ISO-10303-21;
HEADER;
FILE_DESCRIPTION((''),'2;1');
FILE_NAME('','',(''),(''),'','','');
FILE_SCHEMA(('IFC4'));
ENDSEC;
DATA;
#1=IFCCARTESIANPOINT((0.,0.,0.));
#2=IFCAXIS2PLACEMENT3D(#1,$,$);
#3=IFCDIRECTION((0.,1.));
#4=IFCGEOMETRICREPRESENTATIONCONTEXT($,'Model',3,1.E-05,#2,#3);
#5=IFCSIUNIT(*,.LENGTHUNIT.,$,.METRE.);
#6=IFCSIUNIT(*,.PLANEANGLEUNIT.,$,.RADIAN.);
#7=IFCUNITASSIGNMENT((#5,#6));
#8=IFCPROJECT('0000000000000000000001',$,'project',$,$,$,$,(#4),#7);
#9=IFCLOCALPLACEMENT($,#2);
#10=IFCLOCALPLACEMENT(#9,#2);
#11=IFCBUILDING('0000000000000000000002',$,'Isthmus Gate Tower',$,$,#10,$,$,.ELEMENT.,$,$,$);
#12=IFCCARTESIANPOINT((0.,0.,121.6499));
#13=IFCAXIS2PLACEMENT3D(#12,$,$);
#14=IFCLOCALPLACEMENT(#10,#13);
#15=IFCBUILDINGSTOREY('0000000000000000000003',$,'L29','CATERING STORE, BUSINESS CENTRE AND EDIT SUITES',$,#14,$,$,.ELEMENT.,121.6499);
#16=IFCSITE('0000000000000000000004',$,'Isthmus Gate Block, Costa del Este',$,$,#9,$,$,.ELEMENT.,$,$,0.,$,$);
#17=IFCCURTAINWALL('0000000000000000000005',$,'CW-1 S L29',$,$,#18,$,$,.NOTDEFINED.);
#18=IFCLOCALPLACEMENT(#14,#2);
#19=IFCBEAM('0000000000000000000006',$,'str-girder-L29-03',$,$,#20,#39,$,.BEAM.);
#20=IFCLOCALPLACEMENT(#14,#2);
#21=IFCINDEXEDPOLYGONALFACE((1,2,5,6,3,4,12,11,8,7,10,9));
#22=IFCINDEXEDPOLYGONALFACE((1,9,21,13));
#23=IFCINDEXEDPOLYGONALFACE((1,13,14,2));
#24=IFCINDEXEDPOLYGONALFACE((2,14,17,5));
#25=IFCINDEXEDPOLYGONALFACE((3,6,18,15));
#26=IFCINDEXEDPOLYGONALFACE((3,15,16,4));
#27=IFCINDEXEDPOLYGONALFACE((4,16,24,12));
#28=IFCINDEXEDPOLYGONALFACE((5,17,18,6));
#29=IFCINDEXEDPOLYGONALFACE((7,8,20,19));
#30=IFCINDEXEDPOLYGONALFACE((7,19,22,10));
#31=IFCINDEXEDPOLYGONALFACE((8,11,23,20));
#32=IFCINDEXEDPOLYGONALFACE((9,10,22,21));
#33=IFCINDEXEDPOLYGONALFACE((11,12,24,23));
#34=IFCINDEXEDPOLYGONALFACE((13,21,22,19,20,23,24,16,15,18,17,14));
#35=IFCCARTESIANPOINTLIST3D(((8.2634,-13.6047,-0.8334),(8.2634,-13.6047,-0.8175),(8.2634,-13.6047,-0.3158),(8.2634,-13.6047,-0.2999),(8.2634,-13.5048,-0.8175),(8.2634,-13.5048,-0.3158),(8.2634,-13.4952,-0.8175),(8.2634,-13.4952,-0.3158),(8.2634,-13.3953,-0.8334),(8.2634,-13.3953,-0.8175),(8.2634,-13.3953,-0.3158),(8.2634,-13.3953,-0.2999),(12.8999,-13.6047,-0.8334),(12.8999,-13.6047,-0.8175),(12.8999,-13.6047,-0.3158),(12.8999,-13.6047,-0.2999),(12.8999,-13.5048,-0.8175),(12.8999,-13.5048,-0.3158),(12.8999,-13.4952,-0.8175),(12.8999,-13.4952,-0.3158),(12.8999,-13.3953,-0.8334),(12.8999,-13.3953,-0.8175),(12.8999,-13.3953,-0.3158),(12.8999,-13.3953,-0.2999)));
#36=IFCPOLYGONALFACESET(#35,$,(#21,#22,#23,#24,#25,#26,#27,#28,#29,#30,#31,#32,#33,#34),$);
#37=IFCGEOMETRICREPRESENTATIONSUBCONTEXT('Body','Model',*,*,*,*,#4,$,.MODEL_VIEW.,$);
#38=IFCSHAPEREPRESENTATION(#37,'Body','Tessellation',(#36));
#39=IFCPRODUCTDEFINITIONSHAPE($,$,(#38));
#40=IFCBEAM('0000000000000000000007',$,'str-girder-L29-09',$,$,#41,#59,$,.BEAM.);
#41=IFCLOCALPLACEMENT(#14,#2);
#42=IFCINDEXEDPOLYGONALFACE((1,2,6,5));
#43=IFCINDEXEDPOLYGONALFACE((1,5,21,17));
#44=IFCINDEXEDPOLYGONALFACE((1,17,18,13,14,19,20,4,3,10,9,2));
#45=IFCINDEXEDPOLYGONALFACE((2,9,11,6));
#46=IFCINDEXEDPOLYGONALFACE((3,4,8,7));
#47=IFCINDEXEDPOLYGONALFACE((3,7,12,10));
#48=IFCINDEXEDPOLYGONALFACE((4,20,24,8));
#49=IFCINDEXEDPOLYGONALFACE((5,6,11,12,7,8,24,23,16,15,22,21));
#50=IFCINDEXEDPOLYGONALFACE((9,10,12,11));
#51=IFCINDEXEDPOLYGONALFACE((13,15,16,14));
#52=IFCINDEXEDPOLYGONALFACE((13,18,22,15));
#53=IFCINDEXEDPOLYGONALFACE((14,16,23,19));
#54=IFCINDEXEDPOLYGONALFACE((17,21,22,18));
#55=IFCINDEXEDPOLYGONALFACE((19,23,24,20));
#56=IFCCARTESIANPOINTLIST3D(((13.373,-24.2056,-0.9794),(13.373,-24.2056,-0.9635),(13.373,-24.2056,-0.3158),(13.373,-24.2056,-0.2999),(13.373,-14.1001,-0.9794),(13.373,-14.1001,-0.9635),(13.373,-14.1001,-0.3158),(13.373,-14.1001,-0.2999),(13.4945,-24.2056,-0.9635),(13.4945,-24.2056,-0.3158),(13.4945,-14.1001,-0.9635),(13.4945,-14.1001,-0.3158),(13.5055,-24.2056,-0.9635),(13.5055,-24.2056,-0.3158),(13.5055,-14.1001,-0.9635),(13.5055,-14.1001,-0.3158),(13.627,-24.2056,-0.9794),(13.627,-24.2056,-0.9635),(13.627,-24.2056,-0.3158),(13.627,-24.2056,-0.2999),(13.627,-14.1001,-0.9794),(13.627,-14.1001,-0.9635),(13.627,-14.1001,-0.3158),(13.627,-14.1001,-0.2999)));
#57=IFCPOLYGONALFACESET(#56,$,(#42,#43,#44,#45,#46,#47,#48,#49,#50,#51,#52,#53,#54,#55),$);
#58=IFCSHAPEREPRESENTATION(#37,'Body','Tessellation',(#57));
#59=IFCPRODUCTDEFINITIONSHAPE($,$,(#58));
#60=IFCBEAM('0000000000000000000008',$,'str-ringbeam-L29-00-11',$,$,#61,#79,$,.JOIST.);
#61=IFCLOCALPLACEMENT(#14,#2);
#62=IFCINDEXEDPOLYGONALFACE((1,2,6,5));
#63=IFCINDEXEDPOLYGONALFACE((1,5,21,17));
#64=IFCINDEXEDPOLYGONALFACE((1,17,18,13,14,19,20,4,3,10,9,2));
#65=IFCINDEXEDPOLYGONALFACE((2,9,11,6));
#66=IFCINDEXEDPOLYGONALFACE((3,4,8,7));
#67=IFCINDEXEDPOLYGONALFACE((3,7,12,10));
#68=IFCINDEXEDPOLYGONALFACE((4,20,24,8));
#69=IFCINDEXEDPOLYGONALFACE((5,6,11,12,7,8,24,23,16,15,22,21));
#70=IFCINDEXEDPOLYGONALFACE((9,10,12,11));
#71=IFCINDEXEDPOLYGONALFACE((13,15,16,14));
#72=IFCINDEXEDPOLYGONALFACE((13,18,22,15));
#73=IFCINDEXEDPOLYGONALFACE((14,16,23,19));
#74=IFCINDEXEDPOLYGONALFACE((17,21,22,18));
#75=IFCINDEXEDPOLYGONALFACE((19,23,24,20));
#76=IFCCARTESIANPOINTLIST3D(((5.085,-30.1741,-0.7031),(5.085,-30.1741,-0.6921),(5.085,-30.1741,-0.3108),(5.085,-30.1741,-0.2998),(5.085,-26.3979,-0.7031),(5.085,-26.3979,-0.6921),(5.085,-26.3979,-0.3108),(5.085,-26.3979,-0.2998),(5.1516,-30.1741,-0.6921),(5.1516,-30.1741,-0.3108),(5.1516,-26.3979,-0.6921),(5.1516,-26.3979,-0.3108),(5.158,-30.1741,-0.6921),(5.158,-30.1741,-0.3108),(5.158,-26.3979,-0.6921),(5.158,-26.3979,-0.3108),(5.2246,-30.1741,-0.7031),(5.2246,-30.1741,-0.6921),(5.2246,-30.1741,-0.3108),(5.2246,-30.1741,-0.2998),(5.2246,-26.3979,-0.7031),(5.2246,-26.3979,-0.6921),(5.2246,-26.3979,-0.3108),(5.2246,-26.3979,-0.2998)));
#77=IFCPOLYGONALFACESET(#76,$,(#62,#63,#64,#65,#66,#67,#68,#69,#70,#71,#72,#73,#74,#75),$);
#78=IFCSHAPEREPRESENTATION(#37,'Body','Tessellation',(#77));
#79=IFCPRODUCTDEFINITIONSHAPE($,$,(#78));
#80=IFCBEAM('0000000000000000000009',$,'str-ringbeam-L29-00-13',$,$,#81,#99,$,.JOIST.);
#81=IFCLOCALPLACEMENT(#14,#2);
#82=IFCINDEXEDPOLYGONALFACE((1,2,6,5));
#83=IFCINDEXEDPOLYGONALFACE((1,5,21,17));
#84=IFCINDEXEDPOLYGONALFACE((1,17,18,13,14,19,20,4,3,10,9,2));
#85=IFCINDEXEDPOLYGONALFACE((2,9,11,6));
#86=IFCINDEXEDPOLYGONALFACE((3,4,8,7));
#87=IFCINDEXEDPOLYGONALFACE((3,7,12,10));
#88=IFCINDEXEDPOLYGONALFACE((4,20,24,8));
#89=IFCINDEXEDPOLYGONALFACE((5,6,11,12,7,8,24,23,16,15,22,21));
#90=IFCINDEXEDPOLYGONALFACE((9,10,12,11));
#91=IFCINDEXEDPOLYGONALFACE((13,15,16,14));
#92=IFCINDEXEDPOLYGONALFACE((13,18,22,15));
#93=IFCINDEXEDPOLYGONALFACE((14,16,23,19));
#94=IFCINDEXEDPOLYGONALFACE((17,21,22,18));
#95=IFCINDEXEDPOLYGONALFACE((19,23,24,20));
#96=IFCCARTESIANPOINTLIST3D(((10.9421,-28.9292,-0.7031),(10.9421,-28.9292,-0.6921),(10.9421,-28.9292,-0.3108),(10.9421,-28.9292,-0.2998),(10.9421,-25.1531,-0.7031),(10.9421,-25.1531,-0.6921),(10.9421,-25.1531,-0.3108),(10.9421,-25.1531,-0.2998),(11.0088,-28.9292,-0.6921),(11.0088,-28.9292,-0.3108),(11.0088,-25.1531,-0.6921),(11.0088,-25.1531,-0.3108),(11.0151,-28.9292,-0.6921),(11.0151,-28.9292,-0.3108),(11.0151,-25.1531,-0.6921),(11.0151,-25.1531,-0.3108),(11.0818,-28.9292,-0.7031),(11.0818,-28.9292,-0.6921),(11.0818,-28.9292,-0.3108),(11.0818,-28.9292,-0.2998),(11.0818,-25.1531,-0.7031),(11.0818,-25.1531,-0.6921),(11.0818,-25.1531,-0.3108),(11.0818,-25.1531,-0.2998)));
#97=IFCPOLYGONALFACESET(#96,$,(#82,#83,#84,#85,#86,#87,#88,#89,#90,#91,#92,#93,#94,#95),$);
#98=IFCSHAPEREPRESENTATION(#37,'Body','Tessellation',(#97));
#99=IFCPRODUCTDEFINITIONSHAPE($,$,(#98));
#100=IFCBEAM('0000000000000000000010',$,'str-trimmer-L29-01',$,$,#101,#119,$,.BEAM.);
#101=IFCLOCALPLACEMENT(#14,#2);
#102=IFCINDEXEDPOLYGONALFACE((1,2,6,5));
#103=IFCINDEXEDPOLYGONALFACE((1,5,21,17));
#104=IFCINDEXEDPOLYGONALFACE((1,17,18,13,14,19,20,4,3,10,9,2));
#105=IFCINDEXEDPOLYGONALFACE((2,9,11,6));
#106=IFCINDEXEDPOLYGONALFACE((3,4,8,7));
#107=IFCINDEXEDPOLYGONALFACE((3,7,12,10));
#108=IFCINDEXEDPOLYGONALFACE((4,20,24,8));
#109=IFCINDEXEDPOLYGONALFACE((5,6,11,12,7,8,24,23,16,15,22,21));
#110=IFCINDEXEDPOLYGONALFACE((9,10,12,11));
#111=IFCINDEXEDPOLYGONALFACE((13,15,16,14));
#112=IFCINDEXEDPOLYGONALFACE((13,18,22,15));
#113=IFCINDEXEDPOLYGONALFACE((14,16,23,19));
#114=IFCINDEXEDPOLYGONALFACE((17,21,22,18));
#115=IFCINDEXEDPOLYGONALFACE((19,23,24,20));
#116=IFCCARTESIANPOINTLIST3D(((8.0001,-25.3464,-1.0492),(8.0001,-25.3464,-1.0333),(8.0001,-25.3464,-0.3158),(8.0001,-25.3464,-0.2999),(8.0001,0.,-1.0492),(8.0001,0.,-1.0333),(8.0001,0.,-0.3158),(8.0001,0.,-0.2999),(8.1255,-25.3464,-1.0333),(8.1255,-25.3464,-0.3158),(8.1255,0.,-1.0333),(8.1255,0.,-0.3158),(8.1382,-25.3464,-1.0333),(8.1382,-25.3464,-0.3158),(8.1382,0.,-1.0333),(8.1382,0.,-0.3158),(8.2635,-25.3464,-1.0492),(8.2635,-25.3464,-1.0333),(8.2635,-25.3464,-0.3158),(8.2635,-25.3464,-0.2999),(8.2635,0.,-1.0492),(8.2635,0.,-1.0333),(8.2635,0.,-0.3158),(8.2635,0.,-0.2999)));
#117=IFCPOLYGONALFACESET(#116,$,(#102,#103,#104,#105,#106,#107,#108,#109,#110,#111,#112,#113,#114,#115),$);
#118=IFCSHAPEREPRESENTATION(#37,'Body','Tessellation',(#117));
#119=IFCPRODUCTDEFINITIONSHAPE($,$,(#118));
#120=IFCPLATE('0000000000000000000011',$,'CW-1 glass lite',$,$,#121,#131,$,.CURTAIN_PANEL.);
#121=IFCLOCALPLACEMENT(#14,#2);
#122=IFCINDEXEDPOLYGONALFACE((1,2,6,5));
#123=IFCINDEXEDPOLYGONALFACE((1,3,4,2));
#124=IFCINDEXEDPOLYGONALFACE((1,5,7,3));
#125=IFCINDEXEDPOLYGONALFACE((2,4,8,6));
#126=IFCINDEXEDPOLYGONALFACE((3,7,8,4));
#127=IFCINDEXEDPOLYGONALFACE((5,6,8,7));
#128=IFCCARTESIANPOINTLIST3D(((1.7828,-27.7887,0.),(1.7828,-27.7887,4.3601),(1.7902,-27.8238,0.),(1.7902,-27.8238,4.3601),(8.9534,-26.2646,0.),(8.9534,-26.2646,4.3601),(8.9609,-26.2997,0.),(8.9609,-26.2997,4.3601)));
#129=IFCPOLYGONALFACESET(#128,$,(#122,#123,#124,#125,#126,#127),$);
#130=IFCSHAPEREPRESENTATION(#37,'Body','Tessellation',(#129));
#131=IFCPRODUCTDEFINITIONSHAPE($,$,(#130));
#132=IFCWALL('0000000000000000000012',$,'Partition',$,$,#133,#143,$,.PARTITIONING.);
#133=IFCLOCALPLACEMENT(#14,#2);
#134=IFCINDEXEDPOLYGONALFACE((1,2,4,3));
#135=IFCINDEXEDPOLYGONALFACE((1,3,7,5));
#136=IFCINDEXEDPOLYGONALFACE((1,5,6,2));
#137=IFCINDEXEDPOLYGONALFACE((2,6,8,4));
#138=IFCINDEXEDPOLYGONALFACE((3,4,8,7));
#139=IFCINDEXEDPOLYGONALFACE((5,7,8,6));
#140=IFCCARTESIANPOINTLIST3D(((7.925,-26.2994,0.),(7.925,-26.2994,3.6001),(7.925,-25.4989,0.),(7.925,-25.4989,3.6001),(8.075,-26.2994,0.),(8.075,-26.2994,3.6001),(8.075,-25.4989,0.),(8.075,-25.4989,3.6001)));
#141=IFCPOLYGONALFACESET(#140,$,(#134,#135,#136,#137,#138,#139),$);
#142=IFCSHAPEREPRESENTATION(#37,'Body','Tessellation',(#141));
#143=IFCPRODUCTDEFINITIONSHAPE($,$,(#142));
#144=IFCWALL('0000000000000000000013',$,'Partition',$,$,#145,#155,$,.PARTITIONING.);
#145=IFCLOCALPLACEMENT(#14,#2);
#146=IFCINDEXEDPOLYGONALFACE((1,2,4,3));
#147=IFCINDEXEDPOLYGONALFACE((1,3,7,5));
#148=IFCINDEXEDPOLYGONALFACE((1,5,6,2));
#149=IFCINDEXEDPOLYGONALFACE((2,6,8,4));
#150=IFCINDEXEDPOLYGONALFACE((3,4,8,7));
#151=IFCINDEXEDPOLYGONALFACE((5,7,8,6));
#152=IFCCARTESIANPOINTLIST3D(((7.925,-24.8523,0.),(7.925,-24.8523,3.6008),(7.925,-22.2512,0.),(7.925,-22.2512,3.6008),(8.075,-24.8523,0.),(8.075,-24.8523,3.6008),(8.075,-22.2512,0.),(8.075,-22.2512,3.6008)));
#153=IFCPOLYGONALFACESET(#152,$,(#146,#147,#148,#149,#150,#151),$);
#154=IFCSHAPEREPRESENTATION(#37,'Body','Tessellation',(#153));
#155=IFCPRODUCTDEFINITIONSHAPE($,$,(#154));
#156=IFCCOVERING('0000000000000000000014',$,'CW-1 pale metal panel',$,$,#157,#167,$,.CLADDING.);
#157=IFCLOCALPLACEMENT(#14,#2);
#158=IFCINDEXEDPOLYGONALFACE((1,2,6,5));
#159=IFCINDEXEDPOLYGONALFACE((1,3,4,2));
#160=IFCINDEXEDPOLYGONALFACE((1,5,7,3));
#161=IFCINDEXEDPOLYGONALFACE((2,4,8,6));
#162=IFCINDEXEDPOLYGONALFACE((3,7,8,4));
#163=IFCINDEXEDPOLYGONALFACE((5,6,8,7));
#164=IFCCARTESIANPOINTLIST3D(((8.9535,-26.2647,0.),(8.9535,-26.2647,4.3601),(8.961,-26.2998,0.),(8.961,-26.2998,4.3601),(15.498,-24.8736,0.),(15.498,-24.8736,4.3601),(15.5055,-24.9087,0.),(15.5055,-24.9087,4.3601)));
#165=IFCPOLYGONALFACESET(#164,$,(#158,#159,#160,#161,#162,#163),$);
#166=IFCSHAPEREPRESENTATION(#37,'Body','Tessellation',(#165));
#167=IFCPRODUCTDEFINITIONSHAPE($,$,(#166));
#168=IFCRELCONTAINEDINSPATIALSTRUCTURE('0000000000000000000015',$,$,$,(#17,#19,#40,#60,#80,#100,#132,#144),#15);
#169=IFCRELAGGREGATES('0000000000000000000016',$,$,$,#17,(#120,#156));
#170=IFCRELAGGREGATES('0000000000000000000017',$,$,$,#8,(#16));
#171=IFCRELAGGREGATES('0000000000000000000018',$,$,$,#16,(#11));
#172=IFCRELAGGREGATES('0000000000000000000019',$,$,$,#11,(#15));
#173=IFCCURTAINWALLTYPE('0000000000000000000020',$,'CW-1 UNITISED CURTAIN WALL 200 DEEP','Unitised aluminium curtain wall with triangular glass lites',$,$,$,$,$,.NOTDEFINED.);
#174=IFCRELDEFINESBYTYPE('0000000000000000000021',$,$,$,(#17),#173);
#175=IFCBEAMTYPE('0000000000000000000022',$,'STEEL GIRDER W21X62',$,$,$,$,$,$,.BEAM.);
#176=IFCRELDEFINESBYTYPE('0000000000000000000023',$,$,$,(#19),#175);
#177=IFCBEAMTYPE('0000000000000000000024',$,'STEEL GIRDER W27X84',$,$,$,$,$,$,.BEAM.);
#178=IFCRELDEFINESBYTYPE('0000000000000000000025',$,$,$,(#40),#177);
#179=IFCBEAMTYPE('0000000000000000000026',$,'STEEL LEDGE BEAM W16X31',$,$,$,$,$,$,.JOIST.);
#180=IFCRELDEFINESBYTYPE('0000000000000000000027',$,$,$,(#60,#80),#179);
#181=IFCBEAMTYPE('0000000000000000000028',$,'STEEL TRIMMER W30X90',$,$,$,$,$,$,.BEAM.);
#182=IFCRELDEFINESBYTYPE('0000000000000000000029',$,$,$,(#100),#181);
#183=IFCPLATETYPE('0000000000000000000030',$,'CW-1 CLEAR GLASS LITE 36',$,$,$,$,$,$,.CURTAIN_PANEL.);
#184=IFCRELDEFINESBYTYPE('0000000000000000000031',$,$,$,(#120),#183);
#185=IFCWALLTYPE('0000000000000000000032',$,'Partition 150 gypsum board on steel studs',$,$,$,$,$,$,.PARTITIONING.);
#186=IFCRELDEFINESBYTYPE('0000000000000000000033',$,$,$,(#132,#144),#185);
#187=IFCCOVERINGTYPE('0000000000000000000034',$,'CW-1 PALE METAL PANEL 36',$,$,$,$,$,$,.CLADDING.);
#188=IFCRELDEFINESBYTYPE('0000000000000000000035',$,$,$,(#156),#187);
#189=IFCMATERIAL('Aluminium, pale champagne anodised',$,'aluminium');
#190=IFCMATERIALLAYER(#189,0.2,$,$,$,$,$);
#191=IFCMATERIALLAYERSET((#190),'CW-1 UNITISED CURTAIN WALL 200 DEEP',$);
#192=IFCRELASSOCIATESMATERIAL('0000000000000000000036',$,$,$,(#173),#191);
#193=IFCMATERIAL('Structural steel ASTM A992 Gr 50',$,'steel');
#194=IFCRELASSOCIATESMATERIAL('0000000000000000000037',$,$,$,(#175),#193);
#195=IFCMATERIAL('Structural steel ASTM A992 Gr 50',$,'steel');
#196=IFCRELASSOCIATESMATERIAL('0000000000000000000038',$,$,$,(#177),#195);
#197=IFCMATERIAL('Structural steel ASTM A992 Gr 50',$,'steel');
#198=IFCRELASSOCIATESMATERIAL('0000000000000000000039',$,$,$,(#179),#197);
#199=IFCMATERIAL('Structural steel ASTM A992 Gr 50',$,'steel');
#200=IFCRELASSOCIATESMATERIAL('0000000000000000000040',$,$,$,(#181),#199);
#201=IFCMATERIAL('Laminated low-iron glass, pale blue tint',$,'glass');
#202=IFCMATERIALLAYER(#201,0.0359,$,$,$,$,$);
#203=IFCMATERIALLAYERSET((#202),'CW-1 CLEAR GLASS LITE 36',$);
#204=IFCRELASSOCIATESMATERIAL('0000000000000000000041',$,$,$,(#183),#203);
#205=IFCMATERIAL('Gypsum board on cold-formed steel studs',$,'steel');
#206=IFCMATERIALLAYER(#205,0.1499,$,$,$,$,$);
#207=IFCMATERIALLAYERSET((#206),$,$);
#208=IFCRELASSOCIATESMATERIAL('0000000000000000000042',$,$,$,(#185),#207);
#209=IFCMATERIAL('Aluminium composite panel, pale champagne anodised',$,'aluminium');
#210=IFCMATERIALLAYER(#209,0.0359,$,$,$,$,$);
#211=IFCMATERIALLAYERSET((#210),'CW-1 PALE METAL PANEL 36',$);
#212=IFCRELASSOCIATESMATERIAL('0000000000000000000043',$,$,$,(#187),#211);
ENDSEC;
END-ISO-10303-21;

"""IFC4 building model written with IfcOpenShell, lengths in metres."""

from ifc_helpers import new_model, si_unit, direction, frame, frame_2d, origin, origin_2d, place, context, subcontext, project, spatial, rectangle, i_section, extrude, material, layer, layer_set, material_profile, profile_set, type_object, element, aggregate, save


model = new_model("IFC4")

# Units and contexts
model_context = context("Model", 3, precision=1e-05, world=origin(), true_north=direction((0.0, 1.0)))
body_context = subcontext(model_context, "Body", "Model", "MODEL_VIEW")
ifc_project = project(units=[si_unit("LENGTHUNIT", "METRE"), si_unit("PLANEANGLEUNIT", "RADIAN")], contexts=[model_context])

# Site, building, storey
site_placement = place(None, origin())
site = spatial("IfcSite", under=ifc_project, at=site_placement, Name="Isthmus Gate Block, Costa del Este", CompositionType="ELEMENT", RefElevation=0.0)
building_placement = place(site_placement, origin())
building = spatial("IfcBuilding", under=site, at=building_placement, Name="Isthmus Gate Tower", CompositionType="ELEMENT")
storey_placement = place(building_placement, frame((0.0, 0.0, 121.6499)))
storey = spatial("IfcBuildingStorey", under=building, at=storey_placement, Name="L29", Description="CATERING STORE, BUSINESS CENTRE AND EDIT SUITES", CompositionType="ELEMENT", Elevation=121.6499)

# Curtain wall
ifc_material_1 = material(Name="Aluminium, pale champagne anodised", Category="aluminium")
ifc_layer_1 = layer(ifc_material_1, 0.2)
ifc_layer_set_1 = layer_set([ifc_layer_1], Name="CW-1 UNITISED CURTAIN WALL 200 DEEP")
curtain_wall_type = type_object("IfcCurtainWallType", Name="CW-1 UNITISED CURTAIN WALL 200 DEEP", Description="Unitised aluminium curtain wall with triangular glass lites", PredefinedType="NOTDEFINED", material=ifc_layer_set_1)
curtain_wall_placement = place(storey_placement, origin())
curtain_wall = element("IfcCurtainWall", 1, at=curtain_wall_placement, inside=storey, type_object=curtain_wall_type, Name="CW-1 S L29", PredefinedType="NOTDEFINED")

# Beams
ifc_material_2 = material(Name="Structural steel ASTM A992 Gr 50", Category="steel")
ifc_material_profile_1 = material_profile(ifc_material_2, i_section(OverallWidth=0.2095, OverallDepth=0.5334, WebThickness=0.0095, FlangeThickness=0.0159, at=origin_2d()), Name="W21X62")
ifc_profile_set_1 = profile_set([ifc_material_profile_1], Name="Structural steel ASTM A992 Gr 50")
beam_type_1 = type_object("IfcBeamType", Name="STEEL GIRDER W21X62", PredefinedType="BEAM", material=ifc_profile_set_1)
beam_1_placement = place(storey_placement, frame((8.2634, -13.5, -0.5667), z_axis=(1.0, 0.0, 0.0), x_axis=(0.0, 1.0, 0.0)))
element("IfcBeam", 2, at=beam_1_placement, inside=storey, type_object=beam_type_1, Name="str-girder-L29-03", PredefinedType="BEAM", context=body_context, shape_type="SweptSolid", body=[
    extrude(i_section(OverallWidth=0.2095, OverallDepth=0.5334, WebThickness=0.0095, FlangeThickness=0.0159, at=origin_2d()), origin(), (0.0, 0.0, 1.0), 4.6365),
])
ifc_material_3 = material(Name="Structural steel ASTM A992 Gr 50", Category="steel")
ifc_material_profile_2 = material_profile(ifc_material_3, i_section(OverallWidth=0.2539, OverallDepth=0.6794, WebThickness=0.011, FlangeThickness=0.0159, at=origin_2d()), Name="W27X84")
ifc_profile_set_2 = profile_set([ifc_material_profile_2], Name="Structural steel ASTM A992 Gr 50")
beam_type_2 = type_object("IfcBeamType", Name="STEEL GIRDER W27X84", PredefinedType="BEAM", material=ifc_profile_set_2)
beam_2_placement = place(storey_placement, frame((13.5, -24.2056, -0.6396), z_axis=(0.0, 1.0, 0.0), x_axis=(-1.0, 0.0, 0.0)))
element("IfcBeam", 3, at=beam_2_placement, inside=storey, type_object=beam_type_2, Name="str-girder-L29-09", PredefinedType="BEAM", context=body_context, shape_type="SweptSolid", body=[
    extrude(i_section(OverallWidth=0.2539, OverallDepth=0.6794, WebThickness=0.011, FlangeThickness=0.0159, at=origin_2d()), origin(), (0.0, 0.0, 1.0), 10.1055),
])
ifc_material_4 = material(Name="Structural steel ASTM A992 Gr 50", Category="steel")
ifc_material_profile_3 = material_profile(ifc_material_4, i_section(OverallWidth=0.1396, OverallDepth=0.4033, WebThickness=0.0063, FlangeThickness=0.011, at=origin_2d()), Name="W16X31")
ifc_profile_set_3 = profile_set([ifc_material_profile_3], Name="Structural steel ASTM A992 Gr 50")
beam_type_3 = type_object("IfcBeamType", Name="STEEL LEDGE BEAM W16X31", PredefinedType="JOIST", material=ifc_profile_set_3)
for number, where, z_axis, x_axis, name in (
    (4, (5.1548, -30.1741, -0.5015), (0.0, 1.0, 0.0), (-1.0, 0.0, 0.0), "str-ringbeam-L29-00-11"),
    (5, (11.012, -28.9292, -0.5015), (0.0, 1.0, 0.0), (-1.0, 0.0, 0.0), "str-ringbeam-L29-00-13"),
):
    element("IfcBeam", number, at=place(storey_placement, frame(where, z_axis=z_axis, x_axis=x_axis)), inside=storey, type_object=beam_type_3, Name=name, PredefinedType="JOIST", context=body_context, shape_type="SweptSolid", body=[
        extrude(i_section(OverallWidth=0.1396, OverallDepth=0.4033, WebThickness=0.0063, FlangeThickness=0.011, at=origin_2d()), origin(), (0.0, 0.0, 1.0), 3.7761),
    ])
ifc_material_5 = material(Name="Structural steel ASTM A992 Gr 50", Category="steel")
ifc_material_profile_4 = material_profile(ifc_material_5, i_section(OverallWidth=0.2634, OverallDepth=0.7493, WebThickness=0.0127, FlangeThickness=0.0159, at=origin_2d()), Name="W30X90")
ifc_profile_set_4 = profile_set([ifc_material_profile_4], Name="Structural steel ASTM A992 Gr 50")
beam_type_4 = type_object("IfcBeamType", Name="STEEL TRIMMER W30X90", PredefinedType="BEAM", material=ifc_profile_set_4)
beam_3_placement = place(storey_placement, frame((8.1318, -25.3464, -0.6746), z_axis=(0.0, 1.0, 0.0), x_axis=(-1.0, 0.0, 0.0)))
element("IfcBeam", 6, at=beam_3_placement, inside=storey, type_object=beam_type_4, Name="str-trimmer-L29-01", PredefinedType="BEAM", context=body_context, shape_type="SweptSolid", body=[
    extrude(i_section(OverallWidth=0.2634, OverallDepth=0.7493, WebThickness=0.0127, FlangeThickness=0.0159, at=origin_2d()), origin(), (0.0, 0.0, 1.0), 25.3464),
])

# Plate
ifc_material_6 = material(Name="Laminated low-iron glass, pale blue tint", Category="glass")
ifc_layer_2 = layer(ifc_material_6, 0.0359)
ifc_layer_set_2 = layer_set([ifc_layer_2], Name="CW-1 CLEAR GLASS LITE 36")
plate_type = type_object("IfcPlateType", Name="CW-1 CLEAR GLASS LITE 36", PredefinedType="CURTAIN_PANEL", material=ifc_layer_set_2)
plate_placement = place(storey_placement, frame((5.3718, -27.0442, 0.0), z_axis=(0.0, 0.0, 1.0), x_axis=(0.978148, 0.207912, 0.0)))
plate = element("IfcPlate", 7, at=plate_placement, type_object=plate_type, Name="CW-1 glass lite", PredefinedType="CURTAIN_PANEL", context=body_context, shape_type="SweptSolid", body=[
    extrude(rectangle(XDim=7.3308, YDim=0.0359, at=origin_2d()), origin(), (0.0, 0.0, 1.0), 4.3601),
])

# Walls
ifc_material_7 = material(Name="Gypsum board on cold-formed steel studs", Category="steel")
ifc_layer_3 = layer(ifc_material_7, 0.1499)
ifc_layer_set_3 = layer_set([ifc_layer_3])
wall_type = type_object("IfcWallType", Name="Partition 150 gypsum board on steel studs", PredefinedType="PARTITIONING", material=ifc_layer_set_3)
wall_1_placement = place(storey_placement, frame((8.0, -26.2996, 0.0), z_axis=(0.0, 0.0, 1.0), x_axis=(0.0, 1.0, 0.0)))
element("IfcWall", 8, at=wall_1_placement, inside=storey, type_object=wall_type, Name="Partition", PredefinedType="PARTITIONING", context=body_context, shape_type="SweptSolid", body=[
    extrude(rectangle(XDim=0.8005, YDim=0.1499, at=frame_2d((0.4004, 0.0))), origin(), (0.0, 0.0, 1.0), 3.6001),
])
wall_2_placement = place(storey_placement, frame((8.0, -24.8523, 0.0), z_axis=(0.0, 0.0, 1.0), x_axis=(0.0, 1.0, 0.0)))
element("IfcWall", 9, at=wall_2_placement, inside=storey, type_object=wall_type, Name="Partition", PredefinedType="PARTITIONING", context=body_context, shape_type="SweptSolid", body=[
    extrude(rectangle(XDim=2.6011, YDim=0.1499, at=frame_2d((1.3005, 0.0))), origin(), (0.0, 0.0, 1.0), 3.6008),
])

# Covering
ifc_material_8 = material(Name="Aluminium composite panel, pale champagne anodised", Category="aluminium")
ifc_layer_4 = layer(ifc_material_8, 0.0359)
ifc_layer_set_4 = layer_set([ifc_layer_4], Name="CW-1 PALE METAL PANEL 36")
covering_type_1 = type_object("IfcCoveringType", Name="CW-1 PALE METAL PANEL 36", PredefinedType="CLADDING", material=ifc_layer_set_4)
covering_placement = place(storey_placement, frame((12.2295, -25.5867, 0.0), z_axis=(0.0, 0.0, 1.0), x_axis=(0.978148, 0.207912, 0.0)))
covering = element("IfcCovering", 10, at=covering_placement, type_object=covering_type_1, Name="CW-1 pale metal panel", PredefinedType="CLADDING", context=body_context, shape_type="SweptSolid", body=[
    extrude(rectangle(XDim=6.6907, YDim=0.0359, at=origin_2d()), origin(), (0.0, 0.0, 1.0), 4.3601),
])
aggregate(curtain_wall, [plate, covering])

save(model, "model.ifc")
